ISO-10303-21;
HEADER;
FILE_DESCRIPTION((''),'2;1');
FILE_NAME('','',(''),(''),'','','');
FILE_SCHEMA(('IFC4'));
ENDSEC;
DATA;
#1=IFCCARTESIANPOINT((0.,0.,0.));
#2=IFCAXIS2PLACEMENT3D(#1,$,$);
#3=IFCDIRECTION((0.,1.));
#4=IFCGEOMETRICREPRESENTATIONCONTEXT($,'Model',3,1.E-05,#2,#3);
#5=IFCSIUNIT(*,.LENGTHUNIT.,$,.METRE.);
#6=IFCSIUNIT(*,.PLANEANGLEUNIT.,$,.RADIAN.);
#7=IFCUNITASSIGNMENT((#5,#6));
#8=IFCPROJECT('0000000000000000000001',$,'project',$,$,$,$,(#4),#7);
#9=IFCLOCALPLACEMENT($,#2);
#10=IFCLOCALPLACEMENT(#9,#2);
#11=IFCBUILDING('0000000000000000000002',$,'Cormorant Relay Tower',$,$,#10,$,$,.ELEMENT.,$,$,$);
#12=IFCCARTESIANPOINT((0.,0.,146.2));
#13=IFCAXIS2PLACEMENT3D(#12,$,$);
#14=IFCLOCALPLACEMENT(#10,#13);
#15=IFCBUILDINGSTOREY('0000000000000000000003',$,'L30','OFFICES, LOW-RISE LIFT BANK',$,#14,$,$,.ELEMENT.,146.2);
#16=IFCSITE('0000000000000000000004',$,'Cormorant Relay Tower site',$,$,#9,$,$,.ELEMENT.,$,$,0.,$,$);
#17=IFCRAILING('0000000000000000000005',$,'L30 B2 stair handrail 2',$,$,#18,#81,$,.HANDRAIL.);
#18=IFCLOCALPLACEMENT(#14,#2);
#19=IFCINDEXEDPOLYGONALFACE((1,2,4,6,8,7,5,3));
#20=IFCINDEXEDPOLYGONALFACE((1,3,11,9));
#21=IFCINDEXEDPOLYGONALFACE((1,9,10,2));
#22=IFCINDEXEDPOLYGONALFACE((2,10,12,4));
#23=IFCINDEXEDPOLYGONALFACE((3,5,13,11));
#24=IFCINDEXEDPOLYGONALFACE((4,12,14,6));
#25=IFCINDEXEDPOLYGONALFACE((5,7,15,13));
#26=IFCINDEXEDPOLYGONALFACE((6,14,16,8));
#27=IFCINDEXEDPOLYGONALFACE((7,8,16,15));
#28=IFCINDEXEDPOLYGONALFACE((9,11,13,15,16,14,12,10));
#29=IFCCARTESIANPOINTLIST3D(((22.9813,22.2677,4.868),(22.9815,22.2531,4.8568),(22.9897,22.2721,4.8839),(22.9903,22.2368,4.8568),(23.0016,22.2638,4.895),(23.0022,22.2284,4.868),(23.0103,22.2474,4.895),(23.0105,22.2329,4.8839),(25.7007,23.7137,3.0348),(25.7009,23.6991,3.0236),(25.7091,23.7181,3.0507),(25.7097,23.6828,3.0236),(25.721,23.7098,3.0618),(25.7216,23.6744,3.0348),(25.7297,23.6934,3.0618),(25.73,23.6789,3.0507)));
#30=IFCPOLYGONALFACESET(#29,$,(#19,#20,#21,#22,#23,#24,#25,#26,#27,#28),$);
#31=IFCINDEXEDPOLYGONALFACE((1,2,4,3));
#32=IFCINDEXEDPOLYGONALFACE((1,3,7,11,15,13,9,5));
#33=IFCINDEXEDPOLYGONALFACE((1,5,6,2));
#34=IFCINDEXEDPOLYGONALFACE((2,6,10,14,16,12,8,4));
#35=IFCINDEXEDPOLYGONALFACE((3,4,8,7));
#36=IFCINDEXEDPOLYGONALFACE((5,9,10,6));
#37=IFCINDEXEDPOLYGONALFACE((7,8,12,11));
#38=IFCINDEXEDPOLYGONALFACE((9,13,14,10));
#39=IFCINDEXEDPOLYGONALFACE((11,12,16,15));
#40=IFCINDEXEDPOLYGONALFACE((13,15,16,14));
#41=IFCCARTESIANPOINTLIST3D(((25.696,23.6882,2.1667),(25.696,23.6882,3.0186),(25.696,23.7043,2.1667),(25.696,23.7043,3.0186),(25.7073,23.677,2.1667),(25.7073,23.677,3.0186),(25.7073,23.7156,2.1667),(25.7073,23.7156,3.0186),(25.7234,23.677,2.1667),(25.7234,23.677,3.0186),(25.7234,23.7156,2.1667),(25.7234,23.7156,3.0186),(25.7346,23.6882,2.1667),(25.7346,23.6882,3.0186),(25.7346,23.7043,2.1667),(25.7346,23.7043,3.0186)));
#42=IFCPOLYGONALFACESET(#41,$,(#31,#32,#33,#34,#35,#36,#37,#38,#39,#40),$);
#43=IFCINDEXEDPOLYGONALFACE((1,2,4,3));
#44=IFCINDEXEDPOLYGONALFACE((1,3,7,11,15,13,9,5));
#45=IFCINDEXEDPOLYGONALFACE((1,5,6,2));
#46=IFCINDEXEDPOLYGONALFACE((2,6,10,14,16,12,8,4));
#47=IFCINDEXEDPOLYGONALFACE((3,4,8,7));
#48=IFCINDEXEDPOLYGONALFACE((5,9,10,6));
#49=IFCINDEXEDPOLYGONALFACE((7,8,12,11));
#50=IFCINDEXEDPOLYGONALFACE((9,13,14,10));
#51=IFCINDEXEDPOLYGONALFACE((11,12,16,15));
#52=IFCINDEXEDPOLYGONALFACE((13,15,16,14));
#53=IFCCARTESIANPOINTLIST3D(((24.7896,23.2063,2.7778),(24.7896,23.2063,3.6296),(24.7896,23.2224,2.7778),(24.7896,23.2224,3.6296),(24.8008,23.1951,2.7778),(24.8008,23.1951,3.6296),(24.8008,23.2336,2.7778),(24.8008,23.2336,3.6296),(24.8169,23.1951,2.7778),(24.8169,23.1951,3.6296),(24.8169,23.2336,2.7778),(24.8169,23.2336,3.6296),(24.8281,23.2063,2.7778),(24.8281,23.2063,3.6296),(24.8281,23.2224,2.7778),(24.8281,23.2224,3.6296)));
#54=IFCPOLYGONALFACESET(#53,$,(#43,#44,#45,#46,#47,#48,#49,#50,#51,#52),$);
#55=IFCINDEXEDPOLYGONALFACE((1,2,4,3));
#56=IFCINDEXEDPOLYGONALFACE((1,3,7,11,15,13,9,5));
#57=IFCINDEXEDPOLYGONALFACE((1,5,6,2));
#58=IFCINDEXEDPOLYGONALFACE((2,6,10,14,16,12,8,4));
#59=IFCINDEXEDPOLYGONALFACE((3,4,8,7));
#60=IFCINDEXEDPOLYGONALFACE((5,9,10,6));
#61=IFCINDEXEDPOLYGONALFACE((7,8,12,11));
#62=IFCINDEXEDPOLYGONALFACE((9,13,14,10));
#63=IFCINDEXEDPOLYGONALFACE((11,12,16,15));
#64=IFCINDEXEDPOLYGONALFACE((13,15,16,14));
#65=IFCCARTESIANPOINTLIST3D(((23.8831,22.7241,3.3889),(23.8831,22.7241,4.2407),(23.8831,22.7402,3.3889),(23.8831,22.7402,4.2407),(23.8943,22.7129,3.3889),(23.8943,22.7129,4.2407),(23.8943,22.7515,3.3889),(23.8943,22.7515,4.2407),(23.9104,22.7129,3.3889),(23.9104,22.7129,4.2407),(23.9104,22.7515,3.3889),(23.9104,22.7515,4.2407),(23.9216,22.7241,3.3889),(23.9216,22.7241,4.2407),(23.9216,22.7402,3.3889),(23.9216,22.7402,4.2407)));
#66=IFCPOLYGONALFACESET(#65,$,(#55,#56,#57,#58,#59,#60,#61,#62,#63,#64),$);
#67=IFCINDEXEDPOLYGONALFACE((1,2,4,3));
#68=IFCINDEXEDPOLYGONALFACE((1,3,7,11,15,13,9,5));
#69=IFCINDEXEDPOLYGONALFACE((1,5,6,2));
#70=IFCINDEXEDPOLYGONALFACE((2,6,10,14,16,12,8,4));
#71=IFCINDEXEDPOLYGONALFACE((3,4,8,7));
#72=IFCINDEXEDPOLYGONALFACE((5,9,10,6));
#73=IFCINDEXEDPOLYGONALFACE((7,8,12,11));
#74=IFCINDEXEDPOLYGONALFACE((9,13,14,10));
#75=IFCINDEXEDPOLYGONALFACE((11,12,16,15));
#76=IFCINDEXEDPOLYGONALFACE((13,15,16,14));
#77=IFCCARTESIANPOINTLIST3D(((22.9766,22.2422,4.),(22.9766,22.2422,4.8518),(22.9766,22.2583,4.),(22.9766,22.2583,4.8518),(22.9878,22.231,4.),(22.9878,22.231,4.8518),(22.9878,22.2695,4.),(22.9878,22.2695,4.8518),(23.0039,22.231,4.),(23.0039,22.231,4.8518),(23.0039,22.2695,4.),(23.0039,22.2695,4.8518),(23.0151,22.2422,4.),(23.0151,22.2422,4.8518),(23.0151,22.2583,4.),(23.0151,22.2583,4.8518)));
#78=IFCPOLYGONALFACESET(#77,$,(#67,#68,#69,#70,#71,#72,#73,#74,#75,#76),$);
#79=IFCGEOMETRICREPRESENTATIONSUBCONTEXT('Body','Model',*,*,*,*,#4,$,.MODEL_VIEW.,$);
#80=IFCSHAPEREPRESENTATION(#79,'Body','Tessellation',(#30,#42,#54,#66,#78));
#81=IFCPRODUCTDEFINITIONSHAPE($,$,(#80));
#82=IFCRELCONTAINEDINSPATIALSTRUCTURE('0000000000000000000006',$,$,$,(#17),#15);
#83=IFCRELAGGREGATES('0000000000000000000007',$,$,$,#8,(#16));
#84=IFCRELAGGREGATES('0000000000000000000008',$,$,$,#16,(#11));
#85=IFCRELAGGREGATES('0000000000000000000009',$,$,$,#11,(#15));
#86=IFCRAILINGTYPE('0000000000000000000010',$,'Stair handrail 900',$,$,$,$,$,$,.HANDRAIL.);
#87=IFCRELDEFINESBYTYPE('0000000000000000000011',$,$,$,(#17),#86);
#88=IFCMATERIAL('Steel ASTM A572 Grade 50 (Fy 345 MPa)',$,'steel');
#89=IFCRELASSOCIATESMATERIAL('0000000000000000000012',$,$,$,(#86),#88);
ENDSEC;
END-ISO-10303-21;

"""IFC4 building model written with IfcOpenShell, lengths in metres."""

from ifc_helpers import new_model, si_unit, direction, frame, origin, place, context, subcontext, project, spatial, polyline, outline, extrude, material, type_object, element, save


model = new_model("IFC4")

# Units and contexts
model_context = context("Model", 3, precision=1e-05, world=origin(), true_north=direction((0.0, 1.0)))
body_context = subcontext(model_context, "Body", "Model", "MODEL_VIEW")
ifc_project = project(units=[si_unit("LENGTHUNIT", "METRE"), si_unit("PLANEANGLEUNIT", "RADIAN")], contexts=[model_context])

# Site, building, storey
site_placement = place(None, origin())
site = spatial("IfcSite", under=ifc_project, at=site_placement, Name="Cormorant Relay Tower site", CompositionType="ELEMENT", RefElevation=0.0)
building_placement = place(site_placement, origin())
building = spatial("IfcBuilding", under=site, at=building_placement, Name="Cormorant Relay Tower", CompositionType="ELEMENT")
storey_placement = place(building_placement, frame((0.0, 0.0, 146.2)))
storey = spatial("IfcBuildingStorey", under=building, at=storey_placement, Name="L30", Description="OFFICES, LOW-RISE LIFT BANK", CompositionType="ELEMENT", Elevation=146.2)

# Railing
ifc_material_1 = material(Name="Steel ASTM A572 Grade 50 (Fy 345 MPa)", Category="steel")
railing_type_1 = type_object("IfcRailingType", Name="Stair handrail 900", PredefinedType="HANDRAIL", material=ifc_material_1)
railing_1_placement = place(storey_placement, frame((25.7153, 23.6963, 2.1667)))
element("IfcRailing", 1, at=railing_1_placement, inside=storey, type_object=railing_type_1, Name="L30 B2 stair handrail 2", PredefinedType="HANDRAIL", context=body_context, shape_type="SweptSolid", body=[
    extrude(outline(polyline([(0.0222, 0.0093), (0.0093, 0.0222), (-0.0093, 0.0222), (-0.0222, 0.0093), (-0.0222, -0.0093), (-0.0093, -0.0222), (0.0093, -0.0222), (0.0222, -0.0093), (0.0222, 0.0093)])), frame((0.0, 0.0, 0.876), z_axis=(-0.758714, -0.403435, 0.511463), x_axis=(0.469489, -0.882938, 0.0)), (0.0, 0.0, 1.0), 3.5842),
    extrude(outline(polyline([(0.0193, 0.0081), (0.0081, 0.0193), (-0.0081, 0.0193), (-0.0193, 0.0081), (-0.0193, -0.0081), (-0.0081, -0.0193), (0.0081, -0.0193), (0.0193, -0.0081), (0.0193, 0.0081)])), origin(), (0.0, 0.0, 1.0), 0.8518),
    extrude(outline(polyline([(0.0193, 0.0081), (0.0081, 0.0193), (-0.0081, 0.0193), (-0.0193, 0.0081), (-0.0193, -0.0081), (-0.0081, -0.0193), (0.0081, -0.0193), (0.0193, -0.0081), (0.0193, 0.0081)])), frame((-0.9065, -0.4819, 0.6111)), (0.0, 0.0, 1.0), 0.8518),
    extrude(outline(polyline([(0.0193, 0.0081), (0.0081, 0.0193), (-0.0081, 0.0193), (-0.0193, 0.0081), (-0.0193, -0.0081), (-0.0081, -0.0193), (0.0081, -0.0193), (0.0193, -0.0081), (0.0193, 0.0081)])), frame((-1.813, -0.9641, 1.2222)), (0.0, 0.0, 1.0), 0.8518),
    extrude(outline(polyline([(0.0193, 0.0081), (0.0081, 0.0193), (-0.0081, 0.0193), (-0.0193, 0.0081), (-0.0193, -0.0081), (-0.0081, -0.0193), (0.0081, -0.0193), (0.0193, -0.0081), (0.0193, 0.0081)])), frame((-2.7195, -1.446, 1.8333)), (0.0, 0.0, 1.0), 0.8518),
])

save(model, "model.ifc")
